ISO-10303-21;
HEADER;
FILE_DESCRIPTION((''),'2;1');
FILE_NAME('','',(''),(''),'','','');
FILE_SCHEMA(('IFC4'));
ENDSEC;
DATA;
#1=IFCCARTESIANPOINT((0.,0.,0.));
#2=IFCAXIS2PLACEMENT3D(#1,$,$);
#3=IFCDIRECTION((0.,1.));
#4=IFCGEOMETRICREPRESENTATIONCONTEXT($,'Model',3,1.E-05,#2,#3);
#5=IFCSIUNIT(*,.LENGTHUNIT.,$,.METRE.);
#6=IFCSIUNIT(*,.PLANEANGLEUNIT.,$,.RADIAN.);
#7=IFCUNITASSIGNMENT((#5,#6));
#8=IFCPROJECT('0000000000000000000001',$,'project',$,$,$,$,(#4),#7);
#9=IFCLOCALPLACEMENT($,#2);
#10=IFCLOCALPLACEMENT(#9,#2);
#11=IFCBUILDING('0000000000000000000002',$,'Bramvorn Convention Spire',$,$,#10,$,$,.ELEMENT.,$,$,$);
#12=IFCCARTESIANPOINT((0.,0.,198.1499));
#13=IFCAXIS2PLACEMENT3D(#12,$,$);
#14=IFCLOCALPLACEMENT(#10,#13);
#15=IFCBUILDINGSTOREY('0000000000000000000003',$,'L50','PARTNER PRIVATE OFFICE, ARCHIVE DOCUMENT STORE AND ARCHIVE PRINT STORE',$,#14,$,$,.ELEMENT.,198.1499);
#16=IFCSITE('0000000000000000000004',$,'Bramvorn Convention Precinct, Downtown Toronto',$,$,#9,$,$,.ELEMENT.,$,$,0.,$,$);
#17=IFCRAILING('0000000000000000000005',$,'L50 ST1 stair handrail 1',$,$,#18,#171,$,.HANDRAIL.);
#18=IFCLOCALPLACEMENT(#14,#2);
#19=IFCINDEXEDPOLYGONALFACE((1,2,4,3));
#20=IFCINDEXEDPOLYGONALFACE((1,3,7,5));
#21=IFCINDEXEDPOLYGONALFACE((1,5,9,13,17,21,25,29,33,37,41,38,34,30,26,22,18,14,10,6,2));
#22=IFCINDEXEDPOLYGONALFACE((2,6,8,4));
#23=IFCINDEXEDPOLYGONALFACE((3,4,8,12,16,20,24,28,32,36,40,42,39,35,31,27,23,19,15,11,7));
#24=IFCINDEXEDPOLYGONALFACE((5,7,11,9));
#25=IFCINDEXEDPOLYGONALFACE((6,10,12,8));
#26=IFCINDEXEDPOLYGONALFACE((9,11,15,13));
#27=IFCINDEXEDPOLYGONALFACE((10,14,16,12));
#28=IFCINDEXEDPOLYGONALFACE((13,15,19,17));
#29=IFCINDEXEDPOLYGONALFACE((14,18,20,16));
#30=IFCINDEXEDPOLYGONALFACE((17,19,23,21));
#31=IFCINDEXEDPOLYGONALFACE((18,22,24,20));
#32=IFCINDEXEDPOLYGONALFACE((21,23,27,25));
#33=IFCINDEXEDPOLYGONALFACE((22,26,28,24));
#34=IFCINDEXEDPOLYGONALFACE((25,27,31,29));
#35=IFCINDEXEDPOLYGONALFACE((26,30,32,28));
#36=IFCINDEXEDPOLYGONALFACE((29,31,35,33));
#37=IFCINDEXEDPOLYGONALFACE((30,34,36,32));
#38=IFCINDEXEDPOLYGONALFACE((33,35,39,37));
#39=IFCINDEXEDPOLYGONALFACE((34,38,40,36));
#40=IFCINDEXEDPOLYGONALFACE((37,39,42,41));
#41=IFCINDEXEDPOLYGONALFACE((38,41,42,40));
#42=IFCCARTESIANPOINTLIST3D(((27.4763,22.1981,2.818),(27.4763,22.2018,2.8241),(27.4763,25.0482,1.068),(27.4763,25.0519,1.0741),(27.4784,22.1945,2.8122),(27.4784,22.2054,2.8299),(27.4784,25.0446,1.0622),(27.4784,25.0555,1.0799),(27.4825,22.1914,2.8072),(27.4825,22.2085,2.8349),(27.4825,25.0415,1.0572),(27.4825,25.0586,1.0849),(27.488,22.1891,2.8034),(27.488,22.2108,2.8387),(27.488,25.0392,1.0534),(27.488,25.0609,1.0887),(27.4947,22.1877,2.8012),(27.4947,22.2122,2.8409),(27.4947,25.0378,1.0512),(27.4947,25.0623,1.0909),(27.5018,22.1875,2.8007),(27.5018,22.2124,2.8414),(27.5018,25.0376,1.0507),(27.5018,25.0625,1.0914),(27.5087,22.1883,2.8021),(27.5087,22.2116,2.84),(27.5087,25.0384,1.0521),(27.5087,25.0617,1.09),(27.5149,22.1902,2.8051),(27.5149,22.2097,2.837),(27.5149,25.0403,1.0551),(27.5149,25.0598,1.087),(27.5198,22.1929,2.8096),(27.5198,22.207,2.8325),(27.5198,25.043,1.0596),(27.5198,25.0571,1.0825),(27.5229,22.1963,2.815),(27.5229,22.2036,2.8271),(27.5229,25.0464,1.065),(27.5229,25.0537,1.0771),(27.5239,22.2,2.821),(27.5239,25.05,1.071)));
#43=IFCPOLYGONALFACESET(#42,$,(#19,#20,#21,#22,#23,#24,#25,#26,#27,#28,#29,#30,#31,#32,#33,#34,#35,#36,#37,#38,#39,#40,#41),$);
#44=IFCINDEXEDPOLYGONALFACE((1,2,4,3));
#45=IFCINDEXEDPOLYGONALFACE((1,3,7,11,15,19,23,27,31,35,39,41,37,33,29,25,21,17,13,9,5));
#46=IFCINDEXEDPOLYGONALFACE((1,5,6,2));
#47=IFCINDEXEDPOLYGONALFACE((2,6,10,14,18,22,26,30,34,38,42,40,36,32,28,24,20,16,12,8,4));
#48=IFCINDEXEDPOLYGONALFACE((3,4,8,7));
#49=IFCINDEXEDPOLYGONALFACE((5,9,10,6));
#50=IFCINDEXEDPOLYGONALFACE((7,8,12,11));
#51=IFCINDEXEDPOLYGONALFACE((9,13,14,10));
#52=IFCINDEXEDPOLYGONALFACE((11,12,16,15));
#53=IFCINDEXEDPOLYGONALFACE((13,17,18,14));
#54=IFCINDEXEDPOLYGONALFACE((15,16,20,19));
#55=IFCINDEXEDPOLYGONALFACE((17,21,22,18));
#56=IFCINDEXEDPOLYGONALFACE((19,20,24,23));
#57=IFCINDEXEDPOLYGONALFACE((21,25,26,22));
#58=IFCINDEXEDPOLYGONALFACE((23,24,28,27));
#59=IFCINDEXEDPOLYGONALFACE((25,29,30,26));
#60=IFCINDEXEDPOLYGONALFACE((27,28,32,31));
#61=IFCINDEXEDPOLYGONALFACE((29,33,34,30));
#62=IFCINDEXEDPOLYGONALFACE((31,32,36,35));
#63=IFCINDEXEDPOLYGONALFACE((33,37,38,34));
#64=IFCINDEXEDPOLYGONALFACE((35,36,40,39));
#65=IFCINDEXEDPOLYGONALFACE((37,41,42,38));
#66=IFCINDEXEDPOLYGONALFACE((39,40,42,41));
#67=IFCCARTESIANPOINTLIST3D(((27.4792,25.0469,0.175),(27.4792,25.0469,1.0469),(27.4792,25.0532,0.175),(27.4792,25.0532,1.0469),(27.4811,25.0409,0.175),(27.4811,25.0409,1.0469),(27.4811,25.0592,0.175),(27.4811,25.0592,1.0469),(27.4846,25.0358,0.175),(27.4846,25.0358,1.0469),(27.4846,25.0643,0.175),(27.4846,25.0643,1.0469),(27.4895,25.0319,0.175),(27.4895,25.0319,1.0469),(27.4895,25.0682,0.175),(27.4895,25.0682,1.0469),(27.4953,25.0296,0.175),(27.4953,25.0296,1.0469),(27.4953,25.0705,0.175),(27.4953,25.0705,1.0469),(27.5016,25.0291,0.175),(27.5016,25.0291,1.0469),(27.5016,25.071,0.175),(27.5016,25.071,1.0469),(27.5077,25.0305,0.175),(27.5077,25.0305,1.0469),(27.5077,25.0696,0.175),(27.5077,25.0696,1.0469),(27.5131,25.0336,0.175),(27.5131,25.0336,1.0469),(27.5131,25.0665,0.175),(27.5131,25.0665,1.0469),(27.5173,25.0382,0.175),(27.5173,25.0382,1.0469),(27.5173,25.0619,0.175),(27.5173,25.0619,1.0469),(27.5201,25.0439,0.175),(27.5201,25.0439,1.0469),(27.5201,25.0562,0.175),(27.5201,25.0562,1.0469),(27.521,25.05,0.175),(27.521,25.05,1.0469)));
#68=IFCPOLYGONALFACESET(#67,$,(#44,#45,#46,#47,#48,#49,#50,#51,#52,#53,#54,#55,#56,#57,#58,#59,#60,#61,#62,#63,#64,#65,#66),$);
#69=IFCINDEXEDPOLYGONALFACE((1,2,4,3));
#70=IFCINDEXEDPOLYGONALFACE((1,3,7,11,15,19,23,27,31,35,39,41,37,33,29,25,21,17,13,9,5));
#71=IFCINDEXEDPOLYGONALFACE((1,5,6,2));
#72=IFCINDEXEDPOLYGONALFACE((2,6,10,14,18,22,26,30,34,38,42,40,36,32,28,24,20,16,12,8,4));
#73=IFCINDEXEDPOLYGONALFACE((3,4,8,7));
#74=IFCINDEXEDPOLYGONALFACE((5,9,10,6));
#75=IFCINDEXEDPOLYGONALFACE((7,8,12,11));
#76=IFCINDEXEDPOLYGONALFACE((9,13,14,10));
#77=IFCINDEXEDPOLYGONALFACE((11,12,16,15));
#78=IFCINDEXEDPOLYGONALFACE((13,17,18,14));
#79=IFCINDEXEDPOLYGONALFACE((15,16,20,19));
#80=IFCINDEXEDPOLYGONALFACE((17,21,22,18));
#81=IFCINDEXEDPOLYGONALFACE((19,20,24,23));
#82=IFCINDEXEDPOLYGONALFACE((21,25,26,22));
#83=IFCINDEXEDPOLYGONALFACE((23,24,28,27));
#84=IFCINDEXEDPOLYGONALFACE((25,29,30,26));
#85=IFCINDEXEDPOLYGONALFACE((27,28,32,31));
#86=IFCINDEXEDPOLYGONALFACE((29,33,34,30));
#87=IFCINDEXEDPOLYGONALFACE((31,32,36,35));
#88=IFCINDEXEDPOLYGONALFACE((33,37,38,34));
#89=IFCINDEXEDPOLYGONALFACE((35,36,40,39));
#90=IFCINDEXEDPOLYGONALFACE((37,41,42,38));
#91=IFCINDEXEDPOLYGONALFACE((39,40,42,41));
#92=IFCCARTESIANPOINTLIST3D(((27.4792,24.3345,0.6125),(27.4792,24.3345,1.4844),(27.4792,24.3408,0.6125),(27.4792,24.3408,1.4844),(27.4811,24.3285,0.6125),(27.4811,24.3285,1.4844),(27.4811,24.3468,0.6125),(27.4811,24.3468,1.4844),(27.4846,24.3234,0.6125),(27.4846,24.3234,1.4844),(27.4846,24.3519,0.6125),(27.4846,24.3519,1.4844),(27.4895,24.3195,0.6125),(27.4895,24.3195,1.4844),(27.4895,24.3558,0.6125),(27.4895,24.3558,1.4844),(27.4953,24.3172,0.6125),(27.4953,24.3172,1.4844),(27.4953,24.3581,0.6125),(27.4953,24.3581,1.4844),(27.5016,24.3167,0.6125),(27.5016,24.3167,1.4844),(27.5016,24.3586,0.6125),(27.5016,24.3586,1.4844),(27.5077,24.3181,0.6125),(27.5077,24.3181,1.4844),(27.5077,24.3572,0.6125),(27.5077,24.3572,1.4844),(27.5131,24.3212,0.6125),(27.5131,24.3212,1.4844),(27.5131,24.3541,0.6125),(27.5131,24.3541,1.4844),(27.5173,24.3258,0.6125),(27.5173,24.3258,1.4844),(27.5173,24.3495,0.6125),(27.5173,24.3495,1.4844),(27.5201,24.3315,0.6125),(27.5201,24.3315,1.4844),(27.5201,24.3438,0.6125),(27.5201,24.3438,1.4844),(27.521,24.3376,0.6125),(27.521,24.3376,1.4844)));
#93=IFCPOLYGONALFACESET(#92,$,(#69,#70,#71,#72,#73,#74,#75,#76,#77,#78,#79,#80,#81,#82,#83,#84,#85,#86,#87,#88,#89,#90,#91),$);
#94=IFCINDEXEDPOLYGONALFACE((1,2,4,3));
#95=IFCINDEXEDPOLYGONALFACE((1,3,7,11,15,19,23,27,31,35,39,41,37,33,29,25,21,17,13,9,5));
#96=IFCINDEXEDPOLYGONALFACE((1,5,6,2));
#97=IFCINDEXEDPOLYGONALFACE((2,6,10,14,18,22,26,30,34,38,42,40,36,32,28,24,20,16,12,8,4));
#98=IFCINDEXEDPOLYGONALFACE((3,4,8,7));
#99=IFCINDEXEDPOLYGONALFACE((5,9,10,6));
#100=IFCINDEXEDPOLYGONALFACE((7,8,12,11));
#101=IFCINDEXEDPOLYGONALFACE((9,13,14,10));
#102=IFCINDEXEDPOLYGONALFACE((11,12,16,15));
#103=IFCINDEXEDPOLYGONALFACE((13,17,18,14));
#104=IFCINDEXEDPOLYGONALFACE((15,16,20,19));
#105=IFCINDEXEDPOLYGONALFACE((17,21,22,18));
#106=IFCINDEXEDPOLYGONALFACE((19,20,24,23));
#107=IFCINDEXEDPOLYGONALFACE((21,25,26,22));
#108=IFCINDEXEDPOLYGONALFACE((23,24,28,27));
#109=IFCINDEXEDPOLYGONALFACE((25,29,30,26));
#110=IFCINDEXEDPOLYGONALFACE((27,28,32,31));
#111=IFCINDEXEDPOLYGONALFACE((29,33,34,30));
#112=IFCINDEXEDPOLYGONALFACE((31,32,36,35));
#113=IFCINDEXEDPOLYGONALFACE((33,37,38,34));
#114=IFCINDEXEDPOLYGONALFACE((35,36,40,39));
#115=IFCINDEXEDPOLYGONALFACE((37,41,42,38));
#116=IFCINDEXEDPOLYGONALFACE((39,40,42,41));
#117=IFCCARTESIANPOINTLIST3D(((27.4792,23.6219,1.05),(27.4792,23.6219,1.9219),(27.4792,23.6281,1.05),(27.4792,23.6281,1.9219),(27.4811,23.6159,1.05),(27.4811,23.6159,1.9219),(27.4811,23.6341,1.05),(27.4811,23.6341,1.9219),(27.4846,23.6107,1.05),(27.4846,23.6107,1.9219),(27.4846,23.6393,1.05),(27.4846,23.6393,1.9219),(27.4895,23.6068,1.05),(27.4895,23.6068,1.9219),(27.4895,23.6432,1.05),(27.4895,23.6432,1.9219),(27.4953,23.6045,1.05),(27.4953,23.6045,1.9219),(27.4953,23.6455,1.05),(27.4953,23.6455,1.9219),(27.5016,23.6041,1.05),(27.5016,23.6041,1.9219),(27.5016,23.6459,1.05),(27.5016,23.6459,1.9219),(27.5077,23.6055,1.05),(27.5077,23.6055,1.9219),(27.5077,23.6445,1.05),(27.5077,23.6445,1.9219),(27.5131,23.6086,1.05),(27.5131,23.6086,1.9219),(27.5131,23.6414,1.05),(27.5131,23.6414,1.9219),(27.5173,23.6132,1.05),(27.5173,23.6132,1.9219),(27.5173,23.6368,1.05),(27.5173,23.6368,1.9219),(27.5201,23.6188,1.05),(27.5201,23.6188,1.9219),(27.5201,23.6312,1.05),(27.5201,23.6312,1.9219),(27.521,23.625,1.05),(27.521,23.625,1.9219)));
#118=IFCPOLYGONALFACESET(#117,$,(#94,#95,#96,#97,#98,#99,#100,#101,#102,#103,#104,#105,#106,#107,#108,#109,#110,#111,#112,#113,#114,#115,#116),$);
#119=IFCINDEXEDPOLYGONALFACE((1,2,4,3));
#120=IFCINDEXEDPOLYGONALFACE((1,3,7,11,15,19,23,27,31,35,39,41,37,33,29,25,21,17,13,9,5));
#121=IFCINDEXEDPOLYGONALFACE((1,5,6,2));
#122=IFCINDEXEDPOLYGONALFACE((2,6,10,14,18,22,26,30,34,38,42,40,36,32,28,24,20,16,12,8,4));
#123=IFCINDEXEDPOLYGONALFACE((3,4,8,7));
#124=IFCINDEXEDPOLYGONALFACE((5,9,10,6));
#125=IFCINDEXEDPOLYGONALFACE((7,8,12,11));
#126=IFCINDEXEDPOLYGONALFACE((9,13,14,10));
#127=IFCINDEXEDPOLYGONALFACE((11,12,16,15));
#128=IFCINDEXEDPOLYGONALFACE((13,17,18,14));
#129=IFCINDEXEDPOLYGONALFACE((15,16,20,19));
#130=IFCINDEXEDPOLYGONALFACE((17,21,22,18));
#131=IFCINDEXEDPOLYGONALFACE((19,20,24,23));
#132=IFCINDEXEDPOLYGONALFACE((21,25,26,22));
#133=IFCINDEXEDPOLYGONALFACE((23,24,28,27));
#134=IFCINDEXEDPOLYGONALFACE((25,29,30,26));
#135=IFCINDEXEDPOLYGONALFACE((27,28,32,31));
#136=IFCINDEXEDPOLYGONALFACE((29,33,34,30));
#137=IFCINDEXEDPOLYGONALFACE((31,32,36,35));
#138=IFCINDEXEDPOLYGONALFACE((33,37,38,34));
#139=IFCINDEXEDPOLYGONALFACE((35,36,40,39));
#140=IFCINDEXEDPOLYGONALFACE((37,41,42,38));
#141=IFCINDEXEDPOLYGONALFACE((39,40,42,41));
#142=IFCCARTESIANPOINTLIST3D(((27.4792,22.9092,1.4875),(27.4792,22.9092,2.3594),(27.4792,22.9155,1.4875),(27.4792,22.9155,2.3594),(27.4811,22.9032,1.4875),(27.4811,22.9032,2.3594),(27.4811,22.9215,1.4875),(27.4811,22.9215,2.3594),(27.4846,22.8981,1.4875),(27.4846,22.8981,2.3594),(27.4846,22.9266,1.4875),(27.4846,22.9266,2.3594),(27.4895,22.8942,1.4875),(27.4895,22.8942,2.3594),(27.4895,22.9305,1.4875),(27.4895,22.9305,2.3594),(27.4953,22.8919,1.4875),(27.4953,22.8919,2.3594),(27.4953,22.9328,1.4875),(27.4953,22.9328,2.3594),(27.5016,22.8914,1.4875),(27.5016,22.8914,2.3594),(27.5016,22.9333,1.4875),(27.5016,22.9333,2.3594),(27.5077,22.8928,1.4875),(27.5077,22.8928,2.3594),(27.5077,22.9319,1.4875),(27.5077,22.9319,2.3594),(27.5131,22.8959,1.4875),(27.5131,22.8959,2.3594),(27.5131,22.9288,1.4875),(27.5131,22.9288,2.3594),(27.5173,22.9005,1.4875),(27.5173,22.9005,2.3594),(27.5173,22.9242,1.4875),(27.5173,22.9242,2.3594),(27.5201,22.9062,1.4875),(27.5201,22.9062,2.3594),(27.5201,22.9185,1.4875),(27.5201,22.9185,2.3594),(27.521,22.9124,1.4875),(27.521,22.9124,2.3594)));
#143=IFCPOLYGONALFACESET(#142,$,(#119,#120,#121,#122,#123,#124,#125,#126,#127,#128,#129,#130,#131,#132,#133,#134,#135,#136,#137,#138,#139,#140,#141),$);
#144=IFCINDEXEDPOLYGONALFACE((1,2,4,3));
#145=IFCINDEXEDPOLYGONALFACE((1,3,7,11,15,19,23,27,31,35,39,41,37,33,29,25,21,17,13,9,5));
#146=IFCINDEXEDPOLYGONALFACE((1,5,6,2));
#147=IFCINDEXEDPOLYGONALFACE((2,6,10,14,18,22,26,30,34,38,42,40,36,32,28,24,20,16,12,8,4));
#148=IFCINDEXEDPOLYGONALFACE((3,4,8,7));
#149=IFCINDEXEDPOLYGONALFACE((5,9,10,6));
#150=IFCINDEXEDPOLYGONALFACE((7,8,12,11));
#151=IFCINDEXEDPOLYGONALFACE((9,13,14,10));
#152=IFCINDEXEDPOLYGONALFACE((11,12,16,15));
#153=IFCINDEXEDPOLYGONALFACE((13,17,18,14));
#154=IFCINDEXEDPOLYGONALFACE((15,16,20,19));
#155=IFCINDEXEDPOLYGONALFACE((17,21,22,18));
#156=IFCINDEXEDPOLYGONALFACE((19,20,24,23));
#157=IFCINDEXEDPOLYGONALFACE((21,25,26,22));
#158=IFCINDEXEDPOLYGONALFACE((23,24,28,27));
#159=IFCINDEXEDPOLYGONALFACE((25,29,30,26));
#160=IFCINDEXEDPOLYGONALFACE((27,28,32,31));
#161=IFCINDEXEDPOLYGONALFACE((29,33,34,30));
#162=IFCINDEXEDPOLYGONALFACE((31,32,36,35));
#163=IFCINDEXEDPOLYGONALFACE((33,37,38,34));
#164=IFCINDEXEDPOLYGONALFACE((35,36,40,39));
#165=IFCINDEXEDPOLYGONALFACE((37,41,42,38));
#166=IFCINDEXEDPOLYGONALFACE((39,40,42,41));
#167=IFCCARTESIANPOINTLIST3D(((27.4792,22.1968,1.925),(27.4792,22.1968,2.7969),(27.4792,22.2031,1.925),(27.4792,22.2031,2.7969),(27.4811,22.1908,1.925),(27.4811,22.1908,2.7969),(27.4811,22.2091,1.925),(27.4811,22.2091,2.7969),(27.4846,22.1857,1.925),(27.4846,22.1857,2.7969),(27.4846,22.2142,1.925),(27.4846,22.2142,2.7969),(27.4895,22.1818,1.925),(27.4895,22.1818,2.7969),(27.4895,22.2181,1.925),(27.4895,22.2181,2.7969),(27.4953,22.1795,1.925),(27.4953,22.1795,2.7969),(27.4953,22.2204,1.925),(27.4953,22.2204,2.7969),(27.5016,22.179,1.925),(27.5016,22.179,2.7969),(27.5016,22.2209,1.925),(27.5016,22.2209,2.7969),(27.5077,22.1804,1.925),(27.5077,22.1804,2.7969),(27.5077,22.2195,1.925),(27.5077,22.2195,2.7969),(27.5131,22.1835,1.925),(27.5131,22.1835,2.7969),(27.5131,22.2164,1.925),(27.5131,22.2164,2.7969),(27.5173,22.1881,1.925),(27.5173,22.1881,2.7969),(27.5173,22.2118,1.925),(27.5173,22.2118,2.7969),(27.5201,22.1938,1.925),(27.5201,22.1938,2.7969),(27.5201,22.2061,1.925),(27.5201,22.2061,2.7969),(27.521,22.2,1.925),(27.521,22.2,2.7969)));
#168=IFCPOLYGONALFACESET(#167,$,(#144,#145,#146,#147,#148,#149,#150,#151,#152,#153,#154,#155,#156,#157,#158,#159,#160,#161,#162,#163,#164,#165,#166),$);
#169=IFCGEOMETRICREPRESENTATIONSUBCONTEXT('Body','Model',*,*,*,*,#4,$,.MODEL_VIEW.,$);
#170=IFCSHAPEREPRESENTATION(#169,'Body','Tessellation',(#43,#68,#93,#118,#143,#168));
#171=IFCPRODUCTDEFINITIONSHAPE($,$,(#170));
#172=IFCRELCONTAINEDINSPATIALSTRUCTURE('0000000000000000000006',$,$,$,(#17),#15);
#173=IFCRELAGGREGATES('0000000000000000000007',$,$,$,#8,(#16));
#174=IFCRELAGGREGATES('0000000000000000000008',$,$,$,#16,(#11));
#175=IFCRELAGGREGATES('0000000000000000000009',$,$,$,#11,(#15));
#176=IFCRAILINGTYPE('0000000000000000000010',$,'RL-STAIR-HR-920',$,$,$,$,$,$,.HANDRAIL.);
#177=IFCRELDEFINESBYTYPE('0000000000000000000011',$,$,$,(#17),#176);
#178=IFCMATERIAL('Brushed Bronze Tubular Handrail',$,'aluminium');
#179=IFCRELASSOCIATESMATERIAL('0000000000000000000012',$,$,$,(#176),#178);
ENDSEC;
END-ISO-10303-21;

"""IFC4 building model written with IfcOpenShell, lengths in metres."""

from ifc_helpers import new_model, si_unit, direction, frame, origin, origin_2d, place, context, subcontext, project, spatial, circle, extrude, material, type_object, element, save


model = new_model("IFC4")

# Units and contexts
model_context = context("Model", 3, precision=1e-05, world=origin(), true_north=direction((0.0, 1.0)))
body_context = subcontext(model_context, "Body", "Model", "MODEL_VIEW")
ifc_project = project(units=[si_unit("LENGTHUNIT", "METRE"), si_unit("PLANEANGLEUNIT", "RADIAN")], contexts=[model_context])

# Site, building, storey
site_placement = place(None, origin())
site = spatial("IfcSite", under=ifc_project, at=site_placement, Name="Bramvorn Convention Precinct, Downtown Toronto", CompositionType="ELEMENT", RefElevation=0.0)
building_placement = place(site_placement, origin())
building = spatial("IfcBuilding", under=site, at=building_placement, Name="Bramvorn Convention Spire", CompositionType="ELEMENT")
storey_placement = place(building_placement, frame((0.0, 0.0, 198.1499)))
storey = spatial("IfcBuildingStorey", under=building, at=storey_placement, Name="L50", Description="PARTNER PRIVATE OFFICE, ARCHIVE DOCUMENT STORE AND ARCHIVE PRINT STORE", CompositionType="ELEMENT", Elevation=198.1499)

# Railing
ifc_material_1 = material(Name="Brushed Bronze Tubular Handrail", Category="aluminium")
railing_type_1 = type_object("IfcRailingType", Name="RL-STAIR-HR-920", PredefinedType="HANDRAIL", material=ifc_material_1)
railing_1_placement = place(storey_placement, frame((27.5, 25.05, 0.175)))
element("IfcRailing", 1, at=railing_1_placement, inside=storey, type_object=railing_type_1, Name="L50 ST1 stair handrail 1", PredefinedType="HANDRAIL", context=body_context, shape_type="SweptSolid", body=[
    extrude(circle(Radius=0.0239, at=origin_2d()), frame((0.0, 0.0, 0.896), z_axis=(0.0, -0.852179, 0.52325), x_axis=(1.0, 0.0, 0.0)), (0.0, 0.0, 1.0), 3.3445),
    extrude(circle(Radius=0.021, at=origin_2d()), origin(), (0.0, 0.0, 1.0), 0.8718),
    extrude(circle(Radius=0.021, at=origin_2d()), frame((0.0, -0.7124, 0.4375)), (0.0, 0.0, 1.0), 0.8718),
    extrude(circle(Radius=0.021, at=origin_2d()), frame((0.0, -1.425, 0.875)), (0.0, 0.0, 1.0), 0.8718),
    extrude(circle(Radius=0.021, at=origin_2d()), frame((0.0, -2.1377, 1.3125)), (0.0, 0.0, 1.0), 0.8718),
    extrude(circle(Radius=0.021, at=origin_2d()), frame((0.0, -2.8501, 1.75)), (0.0, 0.0, 1.0), 0.8718),
])

save(model, "model.ifc")
